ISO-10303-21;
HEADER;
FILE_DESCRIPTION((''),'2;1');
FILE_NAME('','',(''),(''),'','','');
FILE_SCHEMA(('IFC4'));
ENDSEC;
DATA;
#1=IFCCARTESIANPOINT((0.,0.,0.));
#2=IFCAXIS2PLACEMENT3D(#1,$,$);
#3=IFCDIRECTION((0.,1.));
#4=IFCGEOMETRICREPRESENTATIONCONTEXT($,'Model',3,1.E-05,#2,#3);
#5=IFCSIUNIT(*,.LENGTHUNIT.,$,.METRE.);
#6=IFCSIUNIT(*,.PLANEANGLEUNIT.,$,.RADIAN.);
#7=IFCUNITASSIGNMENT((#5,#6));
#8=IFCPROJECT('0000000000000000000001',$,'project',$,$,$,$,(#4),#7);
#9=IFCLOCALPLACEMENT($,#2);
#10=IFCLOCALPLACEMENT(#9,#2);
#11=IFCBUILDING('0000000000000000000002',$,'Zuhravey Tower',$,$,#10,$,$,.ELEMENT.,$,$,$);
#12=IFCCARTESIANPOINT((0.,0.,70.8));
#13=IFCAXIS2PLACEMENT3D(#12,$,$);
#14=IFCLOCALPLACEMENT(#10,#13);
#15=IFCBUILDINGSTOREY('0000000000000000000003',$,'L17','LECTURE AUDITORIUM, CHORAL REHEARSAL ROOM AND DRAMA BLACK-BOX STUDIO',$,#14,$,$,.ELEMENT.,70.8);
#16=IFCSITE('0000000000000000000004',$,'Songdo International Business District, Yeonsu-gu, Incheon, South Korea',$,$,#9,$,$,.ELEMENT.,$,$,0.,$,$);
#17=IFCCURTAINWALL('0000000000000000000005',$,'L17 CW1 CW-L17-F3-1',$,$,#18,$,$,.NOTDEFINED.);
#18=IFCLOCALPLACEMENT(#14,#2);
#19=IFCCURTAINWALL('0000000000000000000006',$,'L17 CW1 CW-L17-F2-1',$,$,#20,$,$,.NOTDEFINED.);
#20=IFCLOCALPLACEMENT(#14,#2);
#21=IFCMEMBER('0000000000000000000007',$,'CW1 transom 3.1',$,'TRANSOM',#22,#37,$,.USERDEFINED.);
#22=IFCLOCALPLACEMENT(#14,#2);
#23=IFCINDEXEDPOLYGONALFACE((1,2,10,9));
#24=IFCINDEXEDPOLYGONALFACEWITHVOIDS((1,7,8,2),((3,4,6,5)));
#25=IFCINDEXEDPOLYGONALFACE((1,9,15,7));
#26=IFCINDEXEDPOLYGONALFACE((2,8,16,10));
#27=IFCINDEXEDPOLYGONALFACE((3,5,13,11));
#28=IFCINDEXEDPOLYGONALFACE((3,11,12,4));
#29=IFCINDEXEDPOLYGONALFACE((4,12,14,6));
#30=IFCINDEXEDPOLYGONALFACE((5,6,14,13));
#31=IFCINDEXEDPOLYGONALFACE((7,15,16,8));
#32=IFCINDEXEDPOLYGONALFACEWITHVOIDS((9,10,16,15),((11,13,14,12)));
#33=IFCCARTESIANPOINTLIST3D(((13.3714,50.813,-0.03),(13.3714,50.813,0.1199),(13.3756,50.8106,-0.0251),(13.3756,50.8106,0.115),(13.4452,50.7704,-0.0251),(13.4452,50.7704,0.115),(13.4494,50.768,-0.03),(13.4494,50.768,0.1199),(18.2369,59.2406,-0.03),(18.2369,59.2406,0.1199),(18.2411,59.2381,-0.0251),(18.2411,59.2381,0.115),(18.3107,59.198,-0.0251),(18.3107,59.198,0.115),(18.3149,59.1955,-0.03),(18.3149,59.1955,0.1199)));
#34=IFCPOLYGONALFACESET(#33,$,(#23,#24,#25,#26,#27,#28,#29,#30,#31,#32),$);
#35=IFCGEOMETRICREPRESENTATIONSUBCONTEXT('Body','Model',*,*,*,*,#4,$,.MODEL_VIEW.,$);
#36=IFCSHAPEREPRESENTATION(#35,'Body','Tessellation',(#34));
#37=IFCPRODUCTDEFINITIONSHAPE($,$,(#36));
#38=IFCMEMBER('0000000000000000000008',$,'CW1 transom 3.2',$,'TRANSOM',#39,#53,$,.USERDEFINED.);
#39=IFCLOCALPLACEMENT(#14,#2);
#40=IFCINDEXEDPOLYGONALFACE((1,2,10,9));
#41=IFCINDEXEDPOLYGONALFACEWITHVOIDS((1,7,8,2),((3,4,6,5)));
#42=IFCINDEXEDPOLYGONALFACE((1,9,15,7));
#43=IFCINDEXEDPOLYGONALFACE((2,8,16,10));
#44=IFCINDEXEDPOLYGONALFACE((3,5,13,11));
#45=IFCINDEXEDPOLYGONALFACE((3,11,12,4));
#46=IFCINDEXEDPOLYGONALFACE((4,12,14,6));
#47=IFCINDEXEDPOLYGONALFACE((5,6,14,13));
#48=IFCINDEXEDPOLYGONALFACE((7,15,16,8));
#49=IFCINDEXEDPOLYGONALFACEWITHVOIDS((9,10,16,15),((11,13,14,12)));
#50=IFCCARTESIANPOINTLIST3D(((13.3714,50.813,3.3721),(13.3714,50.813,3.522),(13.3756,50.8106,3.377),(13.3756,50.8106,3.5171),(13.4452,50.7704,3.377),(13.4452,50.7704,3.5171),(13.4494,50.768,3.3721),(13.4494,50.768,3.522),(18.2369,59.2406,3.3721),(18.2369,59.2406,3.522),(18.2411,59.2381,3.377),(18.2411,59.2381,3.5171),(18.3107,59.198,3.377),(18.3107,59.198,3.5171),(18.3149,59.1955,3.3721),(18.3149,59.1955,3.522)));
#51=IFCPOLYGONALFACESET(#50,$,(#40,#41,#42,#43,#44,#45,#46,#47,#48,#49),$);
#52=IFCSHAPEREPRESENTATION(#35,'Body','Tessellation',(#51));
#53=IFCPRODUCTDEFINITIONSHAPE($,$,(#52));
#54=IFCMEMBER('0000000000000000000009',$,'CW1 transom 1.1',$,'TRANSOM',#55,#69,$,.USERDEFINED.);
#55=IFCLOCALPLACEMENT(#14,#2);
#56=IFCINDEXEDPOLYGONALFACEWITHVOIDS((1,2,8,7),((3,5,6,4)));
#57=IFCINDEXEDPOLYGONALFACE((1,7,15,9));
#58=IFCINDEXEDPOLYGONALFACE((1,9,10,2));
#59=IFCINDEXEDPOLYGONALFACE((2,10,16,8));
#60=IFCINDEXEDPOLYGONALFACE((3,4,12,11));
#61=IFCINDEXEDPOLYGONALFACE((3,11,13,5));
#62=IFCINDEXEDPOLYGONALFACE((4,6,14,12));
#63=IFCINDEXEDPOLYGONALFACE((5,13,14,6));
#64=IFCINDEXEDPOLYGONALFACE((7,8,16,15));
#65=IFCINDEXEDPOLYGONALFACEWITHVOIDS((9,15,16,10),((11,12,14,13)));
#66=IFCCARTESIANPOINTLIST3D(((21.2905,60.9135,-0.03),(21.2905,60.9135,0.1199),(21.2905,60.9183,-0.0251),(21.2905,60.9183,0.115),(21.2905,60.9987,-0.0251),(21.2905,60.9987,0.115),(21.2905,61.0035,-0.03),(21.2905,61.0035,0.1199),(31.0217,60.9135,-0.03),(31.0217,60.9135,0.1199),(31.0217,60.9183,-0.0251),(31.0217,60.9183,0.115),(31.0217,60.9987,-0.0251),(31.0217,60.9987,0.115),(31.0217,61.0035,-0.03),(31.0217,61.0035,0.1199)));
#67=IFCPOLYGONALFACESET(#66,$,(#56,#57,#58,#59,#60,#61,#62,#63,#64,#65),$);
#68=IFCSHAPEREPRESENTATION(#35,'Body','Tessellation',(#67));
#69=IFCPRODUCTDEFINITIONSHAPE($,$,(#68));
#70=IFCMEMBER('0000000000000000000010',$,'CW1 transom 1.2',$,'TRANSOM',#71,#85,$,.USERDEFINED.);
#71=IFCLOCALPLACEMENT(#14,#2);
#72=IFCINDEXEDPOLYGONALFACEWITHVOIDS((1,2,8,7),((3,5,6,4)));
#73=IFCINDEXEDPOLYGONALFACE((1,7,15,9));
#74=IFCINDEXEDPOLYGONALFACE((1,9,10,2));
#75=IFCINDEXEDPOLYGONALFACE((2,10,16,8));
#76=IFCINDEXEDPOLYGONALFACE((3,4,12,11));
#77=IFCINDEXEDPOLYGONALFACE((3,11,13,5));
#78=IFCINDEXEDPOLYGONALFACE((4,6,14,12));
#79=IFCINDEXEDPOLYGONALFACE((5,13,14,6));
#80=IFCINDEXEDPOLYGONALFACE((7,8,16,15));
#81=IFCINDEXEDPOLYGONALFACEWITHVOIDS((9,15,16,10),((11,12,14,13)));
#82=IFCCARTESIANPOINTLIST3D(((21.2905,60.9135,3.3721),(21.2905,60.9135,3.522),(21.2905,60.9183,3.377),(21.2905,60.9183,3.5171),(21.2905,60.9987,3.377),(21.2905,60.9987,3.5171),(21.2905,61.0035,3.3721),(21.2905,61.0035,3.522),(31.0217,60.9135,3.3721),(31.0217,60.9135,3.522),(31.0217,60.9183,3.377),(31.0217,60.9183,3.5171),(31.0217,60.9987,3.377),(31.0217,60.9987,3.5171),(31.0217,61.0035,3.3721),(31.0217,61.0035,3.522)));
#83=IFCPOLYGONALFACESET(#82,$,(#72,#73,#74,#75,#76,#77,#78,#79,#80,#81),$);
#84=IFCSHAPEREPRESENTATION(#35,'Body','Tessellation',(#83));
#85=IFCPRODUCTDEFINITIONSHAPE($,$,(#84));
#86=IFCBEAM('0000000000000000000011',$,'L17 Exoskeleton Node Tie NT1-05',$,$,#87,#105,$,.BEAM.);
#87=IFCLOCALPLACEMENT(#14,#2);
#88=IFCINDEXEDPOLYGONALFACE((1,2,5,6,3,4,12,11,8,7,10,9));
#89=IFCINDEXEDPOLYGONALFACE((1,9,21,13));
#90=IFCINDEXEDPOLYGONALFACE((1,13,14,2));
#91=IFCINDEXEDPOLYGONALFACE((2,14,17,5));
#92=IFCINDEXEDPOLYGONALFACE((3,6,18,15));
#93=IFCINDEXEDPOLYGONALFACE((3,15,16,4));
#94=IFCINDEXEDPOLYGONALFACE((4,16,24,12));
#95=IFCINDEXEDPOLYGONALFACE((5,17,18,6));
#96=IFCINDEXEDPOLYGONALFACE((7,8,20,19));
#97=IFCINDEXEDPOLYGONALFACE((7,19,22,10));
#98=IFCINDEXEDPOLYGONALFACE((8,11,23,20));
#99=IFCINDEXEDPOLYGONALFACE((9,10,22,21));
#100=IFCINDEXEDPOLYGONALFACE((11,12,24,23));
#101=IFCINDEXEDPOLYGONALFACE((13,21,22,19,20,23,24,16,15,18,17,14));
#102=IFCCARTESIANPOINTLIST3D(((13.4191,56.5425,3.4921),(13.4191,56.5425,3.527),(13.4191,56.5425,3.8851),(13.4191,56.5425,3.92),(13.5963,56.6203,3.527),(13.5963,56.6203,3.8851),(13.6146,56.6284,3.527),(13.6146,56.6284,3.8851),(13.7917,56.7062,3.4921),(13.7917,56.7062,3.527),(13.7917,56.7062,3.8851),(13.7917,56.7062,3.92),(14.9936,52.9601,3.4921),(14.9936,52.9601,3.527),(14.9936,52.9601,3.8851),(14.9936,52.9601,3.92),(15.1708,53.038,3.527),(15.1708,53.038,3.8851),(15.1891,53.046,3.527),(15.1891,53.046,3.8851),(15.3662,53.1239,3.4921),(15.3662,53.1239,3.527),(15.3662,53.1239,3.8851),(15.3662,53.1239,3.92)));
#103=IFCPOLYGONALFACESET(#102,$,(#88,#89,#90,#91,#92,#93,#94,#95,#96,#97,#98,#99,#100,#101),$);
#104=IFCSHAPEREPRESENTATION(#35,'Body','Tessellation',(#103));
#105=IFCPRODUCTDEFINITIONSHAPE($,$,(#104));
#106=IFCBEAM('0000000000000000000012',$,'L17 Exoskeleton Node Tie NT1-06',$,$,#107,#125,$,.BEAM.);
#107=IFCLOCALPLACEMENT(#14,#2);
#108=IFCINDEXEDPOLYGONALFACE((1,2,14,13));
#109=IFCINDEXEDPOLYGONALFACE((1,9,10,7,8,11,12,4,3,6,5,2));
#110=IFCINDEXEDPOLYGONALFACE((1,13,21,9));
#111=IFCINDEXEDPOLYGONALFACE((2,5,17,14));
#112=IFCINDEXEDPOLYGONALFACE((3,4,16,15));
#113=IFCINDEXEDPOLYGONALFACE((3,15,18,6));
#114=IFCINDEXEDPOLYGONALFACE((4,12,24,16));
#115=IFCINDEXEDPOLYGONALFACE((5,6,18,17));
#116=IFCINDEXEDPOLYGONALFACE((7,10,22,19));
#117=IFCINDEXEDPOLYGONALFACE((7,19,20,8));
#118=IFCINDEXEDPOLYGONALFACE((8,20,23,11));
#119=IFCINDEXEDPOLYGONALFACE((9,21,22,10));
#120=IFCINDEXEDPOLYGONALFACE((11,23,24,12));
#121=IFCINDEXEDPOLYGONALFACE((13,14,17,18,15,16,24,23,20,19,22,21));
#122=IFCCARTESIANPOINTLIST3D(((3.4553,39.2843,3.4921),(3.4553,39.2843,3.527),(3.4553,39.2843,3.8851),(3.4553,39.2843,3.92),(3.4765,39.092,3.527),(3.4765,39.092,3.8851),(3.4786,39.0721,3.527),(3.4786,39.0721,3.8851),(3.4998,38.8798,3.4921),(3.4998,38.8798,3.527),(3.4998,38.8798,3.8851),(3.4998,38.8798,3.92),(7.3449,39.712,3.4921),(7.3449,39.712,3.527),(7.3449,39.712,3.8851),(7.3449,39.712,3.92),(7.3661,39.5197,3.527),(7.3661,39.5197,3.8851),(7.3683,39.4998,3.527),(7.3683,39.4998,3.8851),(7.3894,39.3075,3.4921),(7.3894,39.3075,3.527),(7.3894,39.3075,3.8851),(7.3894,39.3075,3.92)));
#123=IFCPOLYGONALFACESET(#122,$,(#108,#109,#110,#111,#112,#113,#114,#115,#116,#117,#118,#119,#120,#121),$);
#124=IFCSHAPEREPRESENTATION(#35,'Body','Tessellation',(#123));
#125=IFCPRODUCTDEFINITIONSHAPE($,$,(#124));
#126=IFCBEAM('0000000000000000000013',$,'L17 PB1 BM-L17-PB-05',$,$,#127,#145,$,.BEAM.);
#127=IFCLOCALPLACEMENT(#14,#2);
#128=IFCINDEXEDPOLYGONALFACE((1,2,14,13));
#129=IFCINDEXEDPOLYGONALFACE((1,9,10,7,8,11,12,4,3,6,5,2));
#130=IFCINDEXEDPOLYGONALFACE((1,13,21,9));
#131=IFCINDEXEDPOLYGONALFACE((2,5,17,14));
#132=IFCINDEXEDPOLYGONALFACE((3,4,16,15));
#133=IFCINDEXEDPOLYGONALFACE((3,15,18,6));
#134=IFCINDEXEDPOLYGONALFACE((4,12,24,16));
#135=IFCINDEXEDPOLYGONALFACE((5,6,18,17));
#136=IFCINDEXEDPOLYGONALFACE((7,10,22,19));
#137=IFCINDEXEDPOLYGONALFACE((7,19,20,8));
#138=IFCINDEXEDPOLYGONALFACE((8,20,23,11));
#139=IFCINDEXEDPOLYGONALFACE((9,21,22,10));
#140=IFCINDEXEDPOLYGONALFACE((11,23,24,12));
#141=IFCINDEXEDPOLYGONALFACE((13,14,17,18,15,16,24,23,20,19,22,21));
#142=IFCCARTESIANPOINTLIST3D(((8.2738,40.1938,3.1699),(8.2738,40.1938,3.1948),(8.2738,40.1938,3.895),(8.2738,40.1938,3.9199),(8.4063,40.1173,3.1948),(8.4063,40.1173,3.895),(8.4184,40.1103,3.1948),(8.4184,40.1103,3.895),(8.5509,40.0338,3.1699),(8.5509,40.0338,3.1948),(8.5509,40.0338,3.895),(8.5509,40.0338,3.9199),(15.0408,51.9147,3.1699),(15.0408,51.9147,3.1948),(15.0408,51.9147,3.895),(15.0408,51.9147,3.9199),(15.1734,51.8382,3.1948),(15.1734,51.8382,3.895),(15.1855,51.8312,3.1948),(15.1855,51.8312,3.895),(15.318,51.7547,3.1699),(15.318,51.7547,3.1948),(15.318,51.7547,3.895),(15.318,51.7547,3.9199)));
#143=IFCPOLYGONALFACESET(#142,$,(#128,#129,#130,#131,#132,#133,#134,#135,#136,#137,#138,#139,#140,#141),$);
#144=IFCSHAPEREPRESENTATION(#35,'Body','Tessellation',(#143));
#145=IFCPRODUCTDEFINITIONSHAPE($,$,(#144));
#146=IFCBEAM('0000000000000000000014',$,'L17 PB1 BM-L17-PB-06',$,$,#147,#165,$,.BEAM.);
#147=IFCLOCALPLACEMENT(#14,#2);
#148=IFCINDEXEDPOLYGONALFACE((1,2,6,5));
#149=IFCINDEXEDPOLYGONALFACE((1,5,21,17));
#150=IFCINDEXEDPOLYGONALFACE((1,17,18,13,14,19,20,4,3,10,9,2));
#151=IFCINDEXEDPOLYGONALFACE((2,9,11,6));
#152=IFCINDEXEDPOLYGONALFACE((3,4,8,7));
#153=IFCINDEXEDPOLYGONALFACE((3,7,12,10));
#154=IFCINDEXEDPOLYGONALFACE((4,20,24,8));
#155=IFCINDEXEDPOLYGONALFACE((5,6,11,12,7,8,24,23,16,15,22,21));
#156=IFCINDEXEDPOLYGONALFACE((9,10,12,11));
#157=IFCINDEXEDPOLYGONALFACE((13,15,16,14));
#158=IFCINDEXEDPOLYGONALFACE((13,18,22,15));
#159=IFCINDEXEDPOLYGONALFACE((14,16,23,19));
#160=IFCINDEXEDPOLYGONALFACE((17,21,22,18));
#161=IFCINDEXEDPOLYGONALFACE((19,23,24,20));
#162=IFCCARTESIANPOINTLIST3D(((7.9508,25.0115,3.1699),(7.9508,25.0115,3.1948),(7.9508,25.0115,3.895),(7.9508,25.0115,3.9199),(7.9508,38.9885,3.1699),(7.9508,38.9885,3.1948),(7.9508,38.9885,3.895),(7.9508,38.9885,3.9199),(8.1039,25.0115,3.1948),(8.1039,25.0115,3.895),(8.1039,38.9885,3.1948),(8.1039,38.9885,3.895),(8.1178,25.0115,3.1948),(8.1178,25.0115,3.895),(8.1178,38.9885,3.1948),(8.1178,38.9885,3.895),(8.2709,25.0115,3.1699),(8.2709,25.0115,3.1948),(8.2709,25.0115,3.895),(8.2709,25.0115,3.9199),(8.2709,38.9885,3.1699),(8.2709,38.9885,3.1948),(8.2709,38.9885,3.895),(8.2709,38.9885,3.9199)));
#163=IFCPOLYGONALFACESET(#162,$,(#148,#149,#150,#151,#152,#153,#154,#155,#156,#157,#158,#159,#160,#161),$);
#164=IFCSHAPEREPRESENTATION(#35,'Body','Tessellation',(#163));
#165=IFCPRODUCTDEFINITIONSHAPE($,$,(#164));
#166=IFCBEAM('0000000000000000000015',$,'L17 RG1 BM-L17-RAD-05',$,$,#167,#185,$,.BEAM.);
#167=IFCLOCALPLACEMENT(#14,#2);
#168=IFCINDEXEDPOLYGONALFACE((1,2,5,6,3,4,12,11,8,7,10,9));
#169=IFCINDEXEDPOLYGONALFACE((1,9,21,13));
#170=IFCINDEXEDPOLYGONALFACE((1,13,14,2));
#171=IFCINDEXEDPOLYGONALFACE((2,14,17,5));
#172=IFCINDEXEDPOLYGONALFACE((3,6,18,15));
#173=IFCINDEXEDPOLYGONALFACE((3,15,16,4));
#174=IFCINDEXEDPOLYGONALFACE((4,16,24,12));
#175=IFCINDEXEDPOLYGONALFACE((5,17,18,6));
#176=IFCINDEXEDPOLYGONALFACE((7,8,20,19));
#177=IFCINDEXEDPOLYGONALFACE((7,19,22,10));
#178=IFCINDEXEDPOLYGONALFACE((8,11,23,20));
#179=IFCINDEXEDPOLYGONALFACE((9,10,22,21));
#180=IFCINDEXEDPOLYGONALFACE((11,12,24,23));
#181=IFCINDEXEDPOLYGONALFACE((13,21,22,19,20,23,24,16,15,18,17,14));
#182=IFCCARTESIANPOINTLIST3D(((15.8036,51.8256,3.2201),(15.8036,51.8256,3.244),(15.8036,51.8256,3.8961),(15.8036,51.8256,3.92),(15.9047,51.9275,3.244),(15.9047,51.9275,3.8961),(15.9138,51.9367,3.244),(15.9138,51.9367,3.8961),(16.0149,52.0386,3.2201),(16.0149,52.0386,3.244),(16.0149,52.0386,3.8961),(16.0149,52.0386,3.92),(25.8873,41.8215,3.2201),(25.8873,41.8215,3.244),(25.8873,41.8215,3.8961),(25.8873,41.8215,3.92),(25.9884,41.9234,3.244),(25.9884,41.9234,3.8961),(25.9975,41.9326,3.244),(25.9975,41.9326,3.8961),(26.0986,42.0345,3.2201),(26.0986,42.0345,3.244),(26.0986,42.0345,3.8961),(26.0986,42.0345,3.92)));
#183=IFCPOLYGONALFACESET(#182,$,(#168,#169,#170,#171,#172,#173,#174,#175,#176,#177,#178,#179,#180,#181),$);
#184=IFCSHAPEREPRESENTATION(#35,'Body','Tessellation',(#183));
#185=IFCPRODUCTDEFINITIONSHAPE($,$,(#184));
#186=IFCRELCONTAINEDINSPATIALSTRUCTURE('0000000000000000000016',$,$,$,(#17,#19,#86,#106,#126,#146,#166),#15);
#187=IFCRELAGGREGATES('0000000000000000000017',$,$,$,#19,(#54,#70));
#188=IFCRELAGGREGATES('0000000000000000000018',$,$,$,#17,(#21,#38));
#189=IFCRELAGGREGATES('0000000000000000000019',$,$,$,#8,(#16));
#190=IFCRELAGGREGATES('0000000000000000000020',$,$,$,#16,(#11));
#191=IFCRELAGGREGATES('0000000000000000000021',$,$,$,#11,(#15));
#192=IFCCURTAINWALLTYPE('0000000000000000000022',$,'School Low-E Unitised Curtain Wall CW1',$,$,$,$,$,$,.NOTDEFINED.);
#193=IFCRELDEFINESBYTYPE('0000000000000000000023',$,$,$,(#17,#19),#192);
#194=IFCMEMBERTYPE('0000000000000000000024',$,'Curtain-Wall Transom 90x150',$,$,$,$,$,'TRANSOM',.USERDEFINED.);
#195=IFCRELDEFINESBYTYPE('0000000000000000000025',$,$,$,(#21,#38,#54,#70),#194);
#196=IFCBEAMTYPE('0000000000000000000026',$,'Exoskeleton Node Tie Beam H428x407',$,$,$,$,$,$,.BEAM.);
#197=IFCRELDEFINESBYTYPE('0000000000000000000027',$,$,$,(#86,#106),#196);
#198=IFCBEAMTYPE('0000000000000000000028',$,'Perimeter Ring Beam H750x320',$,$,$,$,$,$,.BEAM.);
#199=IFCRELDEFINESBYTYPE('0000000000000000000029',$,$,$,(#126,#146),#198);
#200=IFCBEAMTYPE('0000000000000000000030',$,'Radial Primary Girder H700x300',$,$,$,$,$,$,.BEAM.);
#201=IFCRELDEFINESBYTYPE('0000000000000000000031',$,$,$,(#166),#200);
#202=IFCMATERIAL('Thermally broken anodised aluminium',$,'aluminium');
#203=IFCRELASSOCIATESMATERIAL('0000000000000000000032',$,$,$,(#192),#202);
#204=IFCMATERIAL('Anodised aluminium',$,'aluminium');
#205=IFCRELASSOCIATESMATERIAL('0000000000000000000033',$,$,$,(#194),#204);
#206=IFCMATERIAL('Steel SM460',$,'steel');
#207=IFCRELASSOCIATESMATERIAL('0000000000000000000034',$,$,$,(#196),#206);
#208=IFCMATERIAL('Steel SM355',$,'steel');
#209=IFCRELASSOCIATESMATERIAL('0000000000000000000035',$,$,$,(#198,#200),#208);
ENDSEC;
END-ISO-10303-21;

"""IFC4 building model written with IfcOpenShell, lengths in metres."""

from ifc_helpers import new_model, si_unit, direction, frame, origin, origin_2d, place, context, subcontext, project, spatial, hollow_rectangle, i_section, extrude, material, material_profile, profile_set, type_object, element, aggregate, save


model = new_model("IFC4")

# Units and contexts
model_context = context("Model", 3, precision=1e-05, world=origin(), true_north=direction((0.0, 1.0)))
body_context = subcontext(model_context, "Body", "Model", "MODEL_VIEW")
ifc_project = project(units=[si_unit("LENGTHUNIT", "METRE"), si_unit("PLANEANGLEUNIT", "RADIAN")], contexts=[model_context])

# Site, building, storey
site_placement = place(None, origin())
site = spatial("IfcSite", under=ifc_project, at=site_placement, Name="Songdo International Business District, Yeonsu-gu, Incheon, South Korea", CompositionType="ELEMENT", RefElevation=0.0)
building_placement = place(site_placement, origin())
building = spatial("IfcBuilding", under=site, at=building_placement, Name="Zuhravey Tower", CompositionType="ELEMENT")
storey_placement = place(building_placement, frame((0.0, 0.0, 70.8)))
storey = spatial("IfcBuildingStorey", under=building, at=storey_placement, Name="L17", Description="LECTURE AUDITORIUM, CHORAL REHEARSAL ROOM AND DRAMA BLACK-BOX STUDIO", CompositionType="ELEMENT", Elevation=70.8)

# Curtain wall
ifc_material_1 = material(Name="Thermally broken anodised aluminium", Category="aluminium")
curtain_wall_type = type_object("IfcCurtainWallType", Name="School Low-E Unitised Curtain Wall CW1", PredefinedType="NOTDEFINED", material=ifc_material_1)
curtain_wall_1_placement = place(storey_placement, origin())
curtain_wall_1 = element("IfcCurtainWall", 1, at=curtain_wall_1_placement, inside=storey, type_object=curtain_wall_type, Name="L17 CW1 CW-L17-F3-1", PredefinedType="NOTDEFINED")
ifc_material_2 = material(Name="Anodised aluminium", Category="aluminium")

# Curtain wall
curtain_wall_2_placement = place(storey_placement, origin())
curtain_wall_2 = element("IfcCurtainWall", 2, at=curtain_wall_2_placement, inside=storey, type_object=curtain_wall_type, Name="L17 CW1 CW-L17-F2-1", PredefinedType="NOTDEFINED")

# Members
ifc_material_profile_1 = material_profile(ifc_material_2, hollow_rectangle(XDim=0.0901, YDim=0.1499, WallThickness=0.0049, at=origin_2d()), Name="ALU-RHS-90x150x5")
ifc_profile_set_1 = profile_set([ifc_material_profile_1], Name="Anodised aluminium")
member_type_1 = type_object("IfcMemberType", Name="Curtain-Wall Transom 90x150", ElementType="TRANSOM", PredefinedType="USERDEFINED", material=ifc_profile_set_1)
member_1_placement = place(storey_placement, frame((13.4104, 50.7905, 0.0449), z_axis=(0.49999, 0.866031, 0.0), x_axis=(-0.866031, 0.49999, 0.0)))
member_1 = element("IfcMember", 3, at=member_1_placement, type_object=member_type_1, Name="CW1 transom 3.1", ObjectType="TRANSOM", PredefinedType="USERDEFINED", context=body_context, shape_type="SweptSolid", body=[
    extrude(hollow_rectangle(XDim=0.0901, YDim=0.1499, WallThickness=0.0049, at=origin_2d()), origin(), (0.0, 0.0, 1.0), 9.7312),
])
member_2_placement = place(storey_placement, frame((13.4104, 50.7905, 3.447), z_axis=(0.49999, 0.866031, 0.0), x_axis=(-0.866031, 0.49999, 0.0)))
member_2 = element("IfcMember", 4, at=member_2_placement, type_object=member_type_1, Name="CW1 transom 3.2", ObjectType="TRANSOM", PredefinedType="USERDEFINED", context=body_context, shape_type="SweptSolid", body=[
    extrude(hollow_rectangle(XDim=0.0901, YDim=0.1499, WallThickness=0.0049, at=origin_2d()), origin(), (0.0, 0.0, 1.0), 9.7312),
])
member_3_placement = place(storey_placement, frame((21.2905, 60.9585, 0.0449), z_axis=(1.0, 0.0, 0.0), x_axis=(0.0, 1.0, 0.0)))
member_3 = element("IfcMember", 5, at=member_3_placement, type_object=member_type_1, Name="CW1 transom 1.1", ObjectType="TRANSOM", PredefinedType="USERDEFINED", context=body_context, shape_type="SweptSolid", body=[
    extrude(hollow_rectangle(XDim=0.0901, YDim=0.1499, WallThickness=0.0049, at=origin_2d()), origin(), (0.0, 0.0, 1.0), 9.7312),
])
member_4_placement = place(storey_placement, frame((21.2905, 60.9585, 3.447), z_axis=(1.0, 0.0, 0.0), x_axis=(0.0, 1.0, 0.0)))
member_4 = element("IfcMember", 6, at=member_4_placement, type_object=member_type_1, Name="CW1 transom 1.2", ObjectType="TRANSOM", PredefinedType="USERDEFINED", context=body_context, shape_type="SweptSolid", body=[
    extrude(hollow_rectangle(XDim=0.0901, YDim=0.1499, WallThickness=0.0049, at=origin_2d()), origin(), (0.0, 0.0, 1.0), 9.7312),
])
aggregate(curtain_wall_2, [member_3, member_4])

# Beams
ifc_material_3 = material(Name="Steel SM460", Category="steel")
ifc_material_profile_2 = material_profile(ifc_material_3, i_section(OverallWidth=0.407, OverallDepth=0.428, WebThickness=0.02, FlangeThickness=0.0349, at=origin_2d()), Name="H-428x407x20x35")
ifc_profile_set_2 = profile_set([ifc_material_profile_2], Name="Steel SM460")
beam_type_1 = type_object("IfcBeamType", Name="Exoskeleton Node Tie Beam H428x407", PredefinedType="BEAM", material=ifc_profile_set_2)
for number, where, z_axis, x_axis, name in (
    (7, (15.1799, 53.042, 3.7061), (-0.402366, 0.915479, 0.0), (-0.915479, -0.402366, 0.0), "L17 Exoskeleton Node Tie NT1-05"),
    (8, (7.3672, 39.5098, 3.7061), (-0.994008, -0.109308, 0.0), (0.109308, -0.994008, 0.0), "L17 Exoskeleton Node Tie NT1-06"),
):
    element("IfcBeam", number, at=place(storey_placement, frame(where, z_axis=z_axis, x_axis=x_axis)), inside=storey, type_object=beam_type_1, Name=name, PredefinedType="BEAM", context=body_context, shape_type="SweptSolid", body=[
        extrude(i_section(OverallWidth=0.407, OverallDepth=0.428, WebThickness=0.02, FlangeThickness=0.0349, at=origin_2d()), origin(), (0.0, 0.0, 1.0), 3.9131),
    ])
ifc_material_4 = material(Name="Steel SM355", Category="steel")
ifc_material_profile_3 = material_profile(ifc_material_4, i_section(OverallWidth=0.3201, OverallDepth=0.75, WebThickness=0.0139, FlangeThickness=0.0249, at=origin_2d()), Name="H-750x320x14x25")
ifc_profile_set_3 = profile_set([ifc_material_profile_3], Name="Steel SM355")
beam_type_2 = type_object("IfcBeamType", Name="Perimeter Ring Beam H750x320", PredefinedType="BEAM", material=ifc_profile_set_3)
beam_1_placement = place(storey_placement, frame((15.1794, 51.8347, 3.5449), z_axis=(-0.5, -0.866025, 0.0), x_axis=(0.866025, -0.5, 0.0)))
element("IfcBeam", 9, at=beam_1_placement, inside=storey, type_object=beam_type_2, Name="L17 PB1 BM-L17-PB-05", PredefinedType="BEAM", context=body_context, shape_type="SweptSolid", body=[
    extrude(i_section(OverallWidth=0.3201, OverallDepth=0.75, WebThickness=0.0139, FlangeThickness=0.0249, at=origin_2d()), origin(), (0.0, 0.0, 1.0), 13.5342),
])
beam_2_placement = place(storey_placement, frame((8.1108, 38.9885, 3.5449), z_axis=(0.0, -1.0, 0.0), x_axis=(1.0, 0.0, 0.0)))
element("IfcBeam", 10, at=beam_2_placement, inside=storey, type_object=beam_type_2, Name="L17 PB1 BM-L17-PB-06", PredefinedType="BEAM", context=body_context, shape_type="SweptSolid", body=[
    extrude(i_section(OverallWidth=0.3201, OverallDepth=0.75, WebThickness=0.0139, FlangeThickness=0.0249, at=origin_2d()), origin(), (0.0, 0.0, 1.0), 13.9771),
])
ifc_material_profile_4 = material_profile(ifc_material_4, i_section(OverallWidth=0.3, OverallDepth=0.7, WebThickness=0.0129, FlangeThickness=0.0239, at=origin_2d()), Name="H-700x300x13x24")
ifc_profile_set_4 = profile_set([ifc_material_profile_4], Name="Steel SM355")
beam_type_3 = type_object("IfcBeamType", Name="Radial Primary Girder H700x300", PredefinedType="BEAM", material=ifc_profile_set_4)
beam_3_placement = place(storey_placement, frame((25.9929, 41.928, 3.5701), z_axis=(-0.709903, 0.7043, 0.0), x_axis=(-0.7043, -0.709903, 0.0)))
element("IfcBeam", 11, at=beam_3_placement, inside=storey, type_object=beam_type_3, Name="L17 RG1 BM-L17-RAD-05", PredefinedType="BEAM", context=body_context, shape_type="SweptSolid", body=[
    extrude(i_section(OverallWidth=0.3, OverallDepth=0.7, WebThickness=0.0129, FlangeThickness=0.0239, at=origin_2d()), origin(), (0.0, 0.0, 1.0), 14.2043),
])

aggregate(curtain_wall_1, [member_1, member_2])

save(model, "model.ifc")
